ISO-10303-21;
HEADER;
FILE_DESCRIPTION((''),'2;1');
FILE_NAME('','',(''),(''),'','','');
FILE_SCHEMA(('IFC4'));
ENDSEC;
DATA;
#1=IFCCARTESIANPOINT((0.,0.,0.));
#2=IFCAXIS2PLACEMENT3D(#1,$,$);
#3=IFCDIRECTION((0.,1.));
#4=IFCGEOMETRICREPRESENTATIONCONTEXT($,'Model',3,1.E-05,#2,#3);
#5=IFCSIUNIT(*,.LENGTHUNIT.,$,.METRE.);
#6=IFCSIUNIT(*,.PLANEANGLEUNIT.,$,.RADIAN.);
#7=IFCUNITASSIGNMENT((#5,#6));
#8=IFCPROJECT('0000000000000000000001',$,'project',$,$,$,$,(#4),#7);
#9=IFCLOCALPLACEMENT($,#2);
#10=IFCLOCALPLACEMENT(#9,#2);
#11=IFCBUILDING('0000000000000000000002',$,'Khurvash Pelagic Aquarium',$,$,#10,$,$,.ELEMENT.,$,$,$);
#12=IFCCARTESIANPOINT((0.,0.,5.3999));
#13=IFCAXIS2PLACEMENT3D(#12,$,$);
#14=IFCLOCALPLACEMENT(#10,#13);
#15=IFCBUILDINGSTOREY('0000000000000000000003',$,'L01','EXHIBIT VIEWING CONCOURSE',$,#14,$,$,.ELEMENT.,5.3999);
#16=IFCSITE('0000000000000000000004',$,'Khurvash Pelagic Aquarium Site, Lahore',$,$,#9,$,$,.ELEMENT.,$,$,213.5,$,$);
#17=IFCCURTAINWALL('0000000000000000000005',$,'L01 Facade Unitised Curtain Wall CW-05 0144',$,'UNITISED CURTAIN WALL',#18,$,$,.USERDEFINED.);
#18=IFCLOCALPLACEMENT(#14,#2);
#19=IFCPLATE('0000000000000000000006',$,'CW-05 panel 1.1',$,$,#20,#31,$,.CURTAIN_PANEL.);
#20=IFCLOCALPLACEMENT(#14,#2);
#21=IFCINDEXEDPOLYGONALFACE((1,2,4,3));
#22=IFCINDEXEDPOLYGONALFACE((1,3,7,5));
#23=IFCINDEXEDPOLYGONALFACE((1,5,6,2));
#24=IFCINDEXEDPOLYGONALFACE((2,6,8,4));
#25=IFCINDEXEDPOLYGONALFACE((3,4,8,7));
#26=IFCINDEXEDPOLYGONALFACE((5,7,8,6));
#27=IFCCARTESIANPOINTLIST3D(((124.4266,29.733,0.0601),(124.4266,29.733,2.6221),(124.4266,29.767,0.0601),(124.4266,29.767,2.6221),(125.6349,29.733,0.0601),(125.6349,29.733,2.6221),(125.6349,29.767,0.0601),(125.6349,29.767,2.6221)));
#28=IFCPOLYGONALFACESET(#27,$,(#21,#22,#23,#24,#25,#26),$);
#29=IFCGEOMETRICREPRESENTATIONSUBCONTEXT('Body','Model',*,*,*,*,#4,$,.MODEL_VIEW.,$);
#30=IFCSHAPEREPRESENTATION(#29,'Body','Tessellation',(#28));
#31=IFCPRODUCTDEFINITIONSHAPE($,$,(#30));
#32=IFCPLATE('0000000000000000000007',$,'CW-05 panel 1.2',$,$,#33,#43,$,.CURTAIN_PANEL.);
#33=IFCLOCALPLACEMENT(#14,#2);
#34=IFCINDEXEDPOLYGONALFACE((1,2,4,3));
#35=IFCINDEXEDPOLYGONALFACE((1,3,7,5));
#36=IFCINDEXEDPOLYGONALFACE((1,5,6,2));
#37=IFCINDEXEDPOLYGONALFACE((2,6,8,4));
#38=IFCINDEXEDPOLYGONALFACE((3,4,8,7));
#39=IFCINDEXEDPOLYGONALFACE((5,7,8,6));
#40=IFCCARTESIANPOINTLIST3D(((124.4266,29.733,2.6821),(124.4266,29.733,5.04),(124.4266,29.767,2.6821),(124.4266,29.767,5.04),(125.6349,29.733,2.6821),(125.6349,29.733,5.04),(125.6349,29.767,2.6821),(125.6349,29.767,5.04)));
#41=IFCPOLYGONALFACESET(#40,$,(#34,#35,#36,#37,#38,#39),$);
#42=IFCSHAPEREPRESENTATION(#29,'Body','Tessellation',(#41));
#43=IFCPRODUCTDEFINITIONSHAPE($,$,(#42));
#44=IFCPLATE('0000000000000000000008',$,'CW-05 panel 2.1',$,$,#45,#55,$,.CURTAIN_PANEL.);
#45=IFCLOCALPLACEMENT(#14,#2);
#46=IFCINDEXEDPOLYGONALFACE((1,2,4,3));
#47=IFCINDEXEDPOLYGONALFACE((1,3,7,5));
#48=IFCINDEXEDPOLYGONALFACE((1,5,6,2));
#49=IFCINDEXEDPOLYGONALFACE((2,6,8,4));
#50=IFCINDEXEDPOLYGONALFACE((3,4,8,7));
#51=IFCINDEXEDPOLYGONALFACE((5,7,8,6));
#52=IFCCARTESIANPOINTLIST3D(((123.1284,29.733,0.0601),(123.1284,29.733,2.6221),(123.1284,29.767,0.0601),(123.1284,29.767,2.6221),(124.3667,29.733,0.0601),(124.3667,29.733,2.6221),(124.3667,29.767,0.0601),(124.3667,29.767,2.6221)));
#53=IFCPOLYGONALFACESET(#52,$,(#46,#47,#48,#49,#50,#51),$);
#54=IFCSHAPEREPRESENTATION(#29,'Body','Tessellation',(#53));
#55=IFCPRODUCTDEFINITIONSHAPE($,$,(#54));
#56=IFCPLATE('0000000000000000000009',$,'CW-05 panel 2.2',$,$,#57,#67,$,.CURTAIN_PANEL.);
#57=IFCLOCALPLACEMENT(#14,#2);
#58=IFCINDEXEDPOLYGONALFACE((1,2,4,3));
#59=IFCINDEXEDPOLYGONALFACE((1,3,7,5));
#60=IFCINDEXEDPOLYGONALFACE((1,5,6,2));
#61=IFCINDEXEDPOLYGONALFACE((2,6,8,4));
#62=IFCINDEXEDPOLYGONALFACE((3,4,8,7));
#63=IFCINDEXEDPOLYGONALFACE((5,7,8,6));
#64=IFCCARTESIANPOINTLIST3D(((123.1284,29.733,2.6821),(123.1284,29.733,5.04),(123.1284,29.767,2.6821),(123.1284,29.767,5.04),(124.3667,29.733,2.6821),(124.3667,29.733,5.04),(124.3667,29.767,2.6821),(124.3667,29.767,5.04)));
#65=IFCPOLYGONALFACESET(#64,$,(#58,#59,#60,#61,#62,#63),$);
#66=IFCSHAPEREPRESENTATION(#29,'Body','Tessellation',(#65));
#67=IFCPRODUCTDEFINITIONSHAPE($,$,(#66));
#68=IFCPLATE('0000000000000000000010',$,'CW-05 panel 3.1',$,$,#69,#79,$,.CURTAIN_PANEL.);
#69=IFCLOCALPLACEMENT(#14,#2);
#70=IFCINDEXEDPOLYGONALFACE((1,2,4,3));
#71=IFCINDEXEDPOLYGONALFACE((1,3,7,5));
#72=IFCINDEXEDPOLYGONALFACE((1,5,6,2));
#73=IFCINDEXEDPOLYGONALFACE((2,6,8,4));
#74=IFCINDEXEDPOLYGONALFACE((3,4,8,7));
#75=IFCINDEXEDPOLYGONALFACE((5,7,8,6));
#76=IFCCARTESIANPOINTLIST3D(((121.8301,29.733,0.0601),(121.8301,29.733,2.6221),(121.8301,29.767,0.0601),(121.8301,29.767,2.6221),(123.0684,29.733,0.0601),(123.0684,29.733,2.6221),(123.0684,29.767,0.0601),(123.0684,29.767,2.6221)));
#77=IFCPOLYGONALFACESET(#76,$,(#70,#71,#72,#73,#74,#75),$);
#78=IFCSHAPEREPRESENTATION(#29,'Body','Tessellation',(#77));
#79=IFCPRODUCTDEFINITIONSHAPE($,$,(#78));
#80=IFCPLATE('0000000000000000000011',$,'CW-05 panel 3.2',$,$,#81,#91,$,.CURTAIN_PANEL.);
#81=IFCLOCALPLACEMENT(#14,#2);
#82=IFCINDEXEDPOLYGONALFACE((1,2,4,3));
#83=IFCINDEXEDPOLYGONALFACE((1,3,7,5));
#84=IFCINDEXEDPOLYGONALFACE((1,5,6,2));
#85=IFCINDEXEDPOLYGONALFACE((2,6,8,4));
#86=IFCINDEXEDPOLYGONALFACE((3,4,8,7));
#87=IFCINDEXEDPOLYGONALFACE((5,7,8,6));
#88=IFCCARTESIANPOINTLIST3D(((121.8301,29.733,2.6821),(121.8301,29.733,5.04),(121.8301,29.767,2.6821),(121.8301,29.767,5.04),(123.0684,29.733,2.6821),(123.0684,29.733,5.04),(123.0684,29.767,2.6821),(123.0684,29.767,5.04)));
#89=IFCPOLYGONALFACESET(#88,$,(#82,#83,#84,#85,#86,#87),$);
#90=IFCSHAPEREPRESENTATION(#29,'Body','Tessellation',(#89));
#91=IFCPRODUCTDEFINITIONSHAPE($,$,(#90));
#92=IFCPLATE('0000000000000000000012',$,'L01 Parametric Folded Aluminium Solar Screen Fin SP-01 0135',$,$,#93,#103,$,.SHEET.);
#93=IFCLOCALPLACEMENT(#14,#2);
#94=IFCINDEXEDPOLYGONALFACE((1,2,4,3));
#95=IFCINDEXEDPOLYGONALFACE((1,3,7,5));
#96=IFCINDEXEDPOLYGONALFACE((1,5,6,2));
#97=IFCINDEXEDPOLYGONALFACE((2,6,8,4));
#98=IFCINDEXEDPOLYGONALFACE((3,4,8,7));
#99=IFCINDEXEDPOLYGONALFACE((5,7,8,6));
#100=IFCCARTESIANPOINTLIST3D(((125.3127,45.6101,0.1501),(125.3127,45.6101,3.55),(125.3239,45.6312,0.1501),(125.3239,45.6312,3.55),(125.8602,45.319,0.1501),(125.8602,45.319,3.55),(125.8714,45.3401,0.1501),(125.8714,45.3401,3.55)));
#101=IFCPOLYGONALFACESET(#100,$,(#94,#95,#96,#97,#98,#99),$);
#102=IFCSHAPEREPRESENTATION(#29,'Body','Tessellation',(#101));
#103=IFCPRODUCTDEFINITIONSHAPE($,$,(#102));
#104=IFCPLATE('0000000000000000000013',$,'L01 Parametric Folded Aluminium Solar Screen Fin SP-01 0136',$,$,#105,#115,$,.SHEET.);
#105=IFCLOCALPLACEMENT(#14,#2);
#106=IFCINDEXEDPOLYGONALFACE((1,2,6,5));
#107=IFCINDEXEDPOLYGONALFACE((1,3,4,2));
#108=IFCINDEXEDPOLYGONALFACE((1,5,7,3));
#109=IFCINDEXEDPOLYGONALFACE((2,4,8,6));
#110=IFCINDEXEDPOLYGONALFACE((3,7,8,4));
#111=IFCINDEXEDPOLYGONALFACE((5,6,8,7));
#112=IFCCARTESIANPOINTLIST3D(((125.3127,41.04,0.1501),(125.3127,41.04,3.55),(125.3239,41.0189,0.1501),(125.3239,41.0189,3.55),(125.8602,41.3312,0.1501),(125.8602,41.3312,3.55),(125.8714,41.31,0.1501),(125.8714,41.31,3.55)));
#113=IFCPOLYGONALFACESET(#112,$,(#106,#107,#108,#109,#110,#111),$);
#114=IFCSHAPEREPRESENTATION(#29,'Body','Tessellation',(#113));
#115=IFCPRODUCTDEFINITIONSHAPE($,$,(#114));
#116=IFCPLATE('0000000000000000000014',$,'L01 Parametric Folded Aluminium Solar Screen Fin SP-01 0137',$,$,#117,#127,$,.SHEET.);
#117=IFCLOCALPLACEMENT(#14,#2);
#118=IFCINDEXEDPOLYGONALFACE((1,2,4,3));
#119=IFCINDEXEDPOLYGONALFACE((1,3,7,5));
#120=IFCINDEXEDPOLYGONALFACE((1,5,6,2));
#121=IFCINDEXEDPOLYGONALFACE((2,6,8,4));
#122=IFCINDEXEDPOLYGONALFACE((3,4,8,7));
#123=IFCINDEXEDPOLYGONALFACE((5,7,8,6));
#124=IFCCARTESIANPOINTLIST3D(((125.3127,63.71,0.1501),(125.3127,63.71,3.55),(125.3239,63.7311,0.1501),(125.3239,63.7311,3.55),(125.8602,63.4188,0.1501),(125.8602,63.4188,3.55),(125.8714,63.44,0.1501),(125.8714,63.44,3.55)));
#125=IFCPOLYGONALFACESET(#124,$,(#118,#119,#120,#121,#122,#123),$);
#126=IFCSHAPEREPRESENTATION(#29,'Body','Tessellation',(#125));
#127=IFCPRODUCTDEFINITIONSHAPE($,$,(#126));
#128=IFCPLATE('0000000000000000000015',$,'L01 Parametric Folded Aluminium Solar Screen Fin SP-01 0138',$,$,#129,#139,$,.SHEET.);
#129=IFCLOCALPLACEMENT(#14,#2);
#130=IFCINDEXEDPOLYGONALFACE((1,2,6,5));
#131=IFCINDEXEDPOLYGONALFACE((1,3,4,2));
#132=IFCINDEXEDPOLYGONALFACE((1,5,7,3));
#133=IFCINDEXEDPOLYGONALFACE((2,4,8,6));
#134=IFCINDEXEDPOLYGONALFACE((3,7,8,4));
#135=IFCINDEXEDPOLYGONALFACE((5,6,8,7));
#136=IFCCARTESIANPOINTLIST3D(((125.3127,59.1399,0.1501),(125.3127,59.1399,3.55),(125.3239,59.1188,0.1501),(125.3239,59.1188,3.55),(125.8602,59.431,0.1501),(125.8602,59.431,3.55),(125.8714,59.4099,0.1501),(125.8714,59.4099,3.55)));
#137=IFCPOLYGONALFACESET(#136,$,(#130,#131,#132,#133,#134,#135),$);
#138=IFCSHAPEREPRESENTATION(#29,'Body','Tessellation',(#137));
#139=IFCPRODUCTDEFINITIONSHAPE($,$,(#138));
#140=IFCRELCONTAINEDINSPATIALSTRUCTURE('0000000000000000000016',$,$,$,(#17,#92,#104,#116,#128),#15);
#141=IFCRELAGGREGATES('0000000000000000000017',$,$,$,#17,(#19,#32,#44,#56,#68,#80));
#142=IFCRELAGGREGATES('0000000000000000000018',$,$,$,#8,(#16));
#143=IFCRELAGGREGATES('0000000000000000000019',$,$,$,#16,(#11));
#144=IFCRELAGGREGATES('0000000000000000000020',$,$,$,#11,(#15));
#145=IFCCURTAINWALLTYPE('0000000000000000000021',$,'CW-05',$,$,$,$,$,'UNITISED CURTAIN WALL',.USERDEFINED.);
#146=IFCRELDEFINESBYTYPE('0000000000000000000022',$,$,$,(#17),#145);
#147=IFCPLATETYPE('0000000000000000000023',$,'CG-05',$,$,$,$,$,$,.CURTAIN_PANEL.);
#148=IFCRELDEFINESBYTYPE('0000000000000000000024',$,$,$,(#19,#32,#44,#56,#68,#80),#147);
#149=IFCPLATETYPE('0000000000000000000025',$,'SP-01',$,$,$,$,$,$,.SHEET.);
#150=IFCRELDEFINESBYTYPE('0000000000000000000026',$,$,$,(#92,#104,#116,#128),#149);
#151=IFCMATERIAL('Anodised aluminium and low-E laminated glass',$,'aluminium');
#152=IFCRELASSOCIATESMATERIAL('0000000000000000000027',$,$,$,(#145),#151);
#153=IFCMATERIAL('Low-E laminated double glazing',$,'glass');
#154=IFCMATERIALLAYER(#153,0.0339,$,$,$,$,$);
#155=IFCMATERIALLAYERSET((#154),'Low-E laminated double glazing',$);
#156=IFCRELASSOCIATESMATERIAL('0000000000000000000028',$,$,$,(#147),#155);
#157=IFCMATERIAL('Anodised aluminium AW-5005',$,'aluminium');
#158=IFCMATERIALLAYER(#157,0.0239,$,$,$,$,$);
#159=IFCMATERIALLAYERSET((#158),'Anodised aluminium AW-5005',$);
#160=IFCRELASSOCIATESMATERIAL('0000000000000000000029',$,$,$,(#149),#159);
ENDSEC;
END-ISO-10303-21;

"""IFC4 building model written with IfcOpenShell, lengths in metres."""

from ifc_helpers import new_model, si_unit, direction, frame, origin, origin_2d, place, context, subcontext, project, spatial, rectangle, extrude, material, layer, layer_set, type_object, element, aggregate, save


model = new_model("IFC4")

# Units and contexts
model_context = context("Model", 3, precision=1e-05, world=origin(), true_north=direction((0.0, 1.0)))
body_context = subcontext(model_context, "Body", "Model", "MODEL_VIEW")
ifc_project = project(units=[si_unit("LENGTHUNIT", "METRE"), si_unit("PLANEANGLEUNIT", "RADIAN")], contexts=[model_context])

# Site, building, storey
site_placement = place(None, origin())
site = spatial("IfcSite", under=ifc_project, at=site_placement, Name="Khurvash Pelagic Aquarium Site, Lahore", CompositionType="ELEMENT", RefElevation=213.5)
building_placement = place(site_placement, origin())
building = spatial("IfcBuilding", under=site, at=building_placement, Name="Khurvash Pelagic Aquarium", CompositionType="ELEMENT")
storey_placement = place(building_placement, frame((0.0, 0.0, 5.3999)))
storey = spatial("IfcBuildingStorey", under=building, at=storey_placement, Name="L01", Description="EXHIBIT VIEWING CONCOURSE", CompositionType="ELEMENT", Elevation=5.3999)

# Curtain wall, plates
ifc_material_1 = material(Name="Anodised aluminium and low-E laminated glass", Category="aluminium")
curtain_wall_type = type_object("IfcCurtainWallType", Name="CW-05", ElementType="UNITISED CURTAIN WALL", PredefinedType="USERDEFINED", material=ifc_material_1)
curtain_wall_placement = place(storey_placement, origin())
curtain_wall = element("IfcCurtainWall", 1, at=curtain_wall_placement, inside=storey, type_object=curtain_wall_type, Name="L01 Facade Unitised Curtain Wall CW-05 0144", ObjectType="UNITISED CURTAIN WALL", PredefinedType="USERDEFINED")
ifc_material_2 = material(Name="Low-E laminated double glazing", Category="glass")
ifc_layer_1 = layer(ifc_material_2, 0.0339)
ifc_layer_set_1 = layer_set([ifc_layer_1], Name="Low-E laminated double glazing")
plate_type_1 = type_object("IfcPlateType", Name="CG-05", PredefinedType="CURTAIN_PANEL", material=ifc_layer_set_1)
plate_1_placement = place(storey_placement, frame((125.0308, 29.75, 0.0601), z_axis=(0.0, 0.0, 1.0), x_axis=(-1.0, 0.0, 0.0)))
plate_1 = element("IfcPlate", 2, at=plate_1_placement, type_object=plate_type_1, Name="CW-05 panel 1.1", PredefinedType="CURTAIN_PANEL", context=body_context, shape_type="SweptSolid", body=[
    extrude(rectangle(XDim=1.2083, YDim=0.0339, at=origin_2d()), origin(), (0.0, 0.0, 1.0), 2.562),
])
plate_2_placement = place(storey_placement, frame((125.0308, 29.75, 2.6821), z_axis=(0.0, 0.0, 1.0), x_axis=(-1.0, 0.0, 0.0)))
plate_2 = element("IfcPlate", 3, at=plate_2_placement, type_object=plate_type_1, Name="CW-05 panel 1.2", PredefinedType="CURTAIN_PANEL", context=body_context, shape_type="SweptSolid", body=[
    extrude(rectangle(XDim=1.2083, YDim=0.0339, at=origin_2d()), origin(), (0.0, 0.0, 1.0), 2.3579),
])
plate_3_placement = place(storey_placement, frame((123.7476, 29.75, 0.0601), z_axis=(0.0, 0.0, 1.0), x_axis=(-1.0, 0.0, 0.0)))
plate_3 = element("IfcPlate", 4, at=plate_3_placement, type_object=plate_type_1, Name="CW-05 panel 2.1", PredefinedType="CURTAIN_PANEL", context=body_context, shape_type="SweptSolid", body=[
    extrude(rectangle(XDim=1.2383, YDim=0.0339, at=origin_2d()), origin(), (0.0, 0.0, 1.0), 2.562),
])
plate_4_placement = place(storey_placement, frame((123.7476, 29.75, 2.6821), z_axis=(0.0, 0.0, 1.0), x_axis=(-1.0, 0.0, 0.0)))
plate_4 = element("IfcPlate", 5, at=plate_4_placement, type_object=plate_type_1, Name="CW-05 panel 2.2", PredefinedType="CURTAIN_PANEL", context=body_context, shape_type="SweptSolid", body=[
    extrude(rectangle(XDim=1.2383, YDim=0.0339, at=origin_2d()), origin(), (0.0, 0.0, 1.0), 2.3579),
])
plate_5_placement = place(storey_placement, frame((122.4492, 29.75, 0.0601), z_axis=(0.0, 0.0, 1.0), x_axis=(-1.0, 0.0, 0.0)))
plate_5 = element("IfcPlate", 6, at=plate_5_placement, type_object=plate_type_1, Name="CW-05 panel 3.1", PredefinedType="CURTAIN_PANEL", context=body_context, shape_type="SweptSolid", body=[
    extrude(rectangle(XDim=1.2383, YDim=0.0339, at=origin_2d()), origin(), (0.0, 0.0, 1.0), 2.562),
])
plate_6_placement = place(storey_placement, frame((122.4492, 29.75, 2.6821), z_axis=(0.0, 0.0, 1.0), x_axis=(-1.0, 0.0, 0.0)))
plate_6 = element("IfcPlate", 7, at=plate_6_placement, type_object=plate_type_1, Name="CW-05 panel 3.2", PredefinedType="CURTAIN_PANEL", context=body_context, shape_type="SweptSolid", body=[
    extrude(rectangle(XDim=1.2383, YDim=0.0339, at=origin_2d()), origin(), (0.0, 0.0, 1.0), 2.3579),
])
aggregate(curtain_wall, [plate_1, plate_2, plate_3, plate_4, plate_5, plate_6])

# Plates
ifc_material_3 = material(Name="Anodised aluminium AW-5005", Category="aluminium")
ifc_layer_2 = layer(ifc_material_3, 0.0239)
ifc_layer_set_2 = layer_set([ifc_layer_2], Name="Anodised aluminium AW-5005")
plate_type_2 = type_object("IfcPlateType", Name="SP-01", PredefinedType="SHEET", material=ifc_layer_set_2)
for number, where, z_axis, x_axis, name in (
    (8, (125.592, 45.4751, 0.1501), (0.0, 0.0, 1.0), (-0.882948, 0.469472, 0.0), "L01 Parametric Folded Aluminium Solar Screen Fin SP-01 0135"),
    (9, (125.592, 41.175, 0.1501), (0.0, 0.0, 1.0), (-0.882948, -0.469472, 0.0), "L01 Parametric Folded Aluminium Solar Screen Fin SP-01 0136"),
    (10, (125.592, 63.575, 0.1501), (0.0, 0.0, 1.0), (-0.882948, 0.469472, 0.0), "L01 Parametric Folded Aluminium Solar Screen Fin SP-01 0137"),
    (11, (125.592, 59.2749, 0.1501), (0.0, 0.0, 1.0), (-0.882948, -0.469472, 0.0), "L01 Parametric Folded Aluminium Solar Screen Fin SP-01 0138"),
):
    element("IfcPlate", number, at=place(storey_placement, frame(where, z_axis=z_axis, x_axis=x_axis)), inside=storey, type_object=plate_type_2, Name=name, PredefinedType="SHEET", context=body_context, shape_type="SweptSolid", body=[
        extrude(rectangle(XDim=0.6201, YDim=0.0239, at=origin_2d()), origin(), (0.0, 0.0, 1.0), 3.3999),
    ])

save(model, "model.ifc")
